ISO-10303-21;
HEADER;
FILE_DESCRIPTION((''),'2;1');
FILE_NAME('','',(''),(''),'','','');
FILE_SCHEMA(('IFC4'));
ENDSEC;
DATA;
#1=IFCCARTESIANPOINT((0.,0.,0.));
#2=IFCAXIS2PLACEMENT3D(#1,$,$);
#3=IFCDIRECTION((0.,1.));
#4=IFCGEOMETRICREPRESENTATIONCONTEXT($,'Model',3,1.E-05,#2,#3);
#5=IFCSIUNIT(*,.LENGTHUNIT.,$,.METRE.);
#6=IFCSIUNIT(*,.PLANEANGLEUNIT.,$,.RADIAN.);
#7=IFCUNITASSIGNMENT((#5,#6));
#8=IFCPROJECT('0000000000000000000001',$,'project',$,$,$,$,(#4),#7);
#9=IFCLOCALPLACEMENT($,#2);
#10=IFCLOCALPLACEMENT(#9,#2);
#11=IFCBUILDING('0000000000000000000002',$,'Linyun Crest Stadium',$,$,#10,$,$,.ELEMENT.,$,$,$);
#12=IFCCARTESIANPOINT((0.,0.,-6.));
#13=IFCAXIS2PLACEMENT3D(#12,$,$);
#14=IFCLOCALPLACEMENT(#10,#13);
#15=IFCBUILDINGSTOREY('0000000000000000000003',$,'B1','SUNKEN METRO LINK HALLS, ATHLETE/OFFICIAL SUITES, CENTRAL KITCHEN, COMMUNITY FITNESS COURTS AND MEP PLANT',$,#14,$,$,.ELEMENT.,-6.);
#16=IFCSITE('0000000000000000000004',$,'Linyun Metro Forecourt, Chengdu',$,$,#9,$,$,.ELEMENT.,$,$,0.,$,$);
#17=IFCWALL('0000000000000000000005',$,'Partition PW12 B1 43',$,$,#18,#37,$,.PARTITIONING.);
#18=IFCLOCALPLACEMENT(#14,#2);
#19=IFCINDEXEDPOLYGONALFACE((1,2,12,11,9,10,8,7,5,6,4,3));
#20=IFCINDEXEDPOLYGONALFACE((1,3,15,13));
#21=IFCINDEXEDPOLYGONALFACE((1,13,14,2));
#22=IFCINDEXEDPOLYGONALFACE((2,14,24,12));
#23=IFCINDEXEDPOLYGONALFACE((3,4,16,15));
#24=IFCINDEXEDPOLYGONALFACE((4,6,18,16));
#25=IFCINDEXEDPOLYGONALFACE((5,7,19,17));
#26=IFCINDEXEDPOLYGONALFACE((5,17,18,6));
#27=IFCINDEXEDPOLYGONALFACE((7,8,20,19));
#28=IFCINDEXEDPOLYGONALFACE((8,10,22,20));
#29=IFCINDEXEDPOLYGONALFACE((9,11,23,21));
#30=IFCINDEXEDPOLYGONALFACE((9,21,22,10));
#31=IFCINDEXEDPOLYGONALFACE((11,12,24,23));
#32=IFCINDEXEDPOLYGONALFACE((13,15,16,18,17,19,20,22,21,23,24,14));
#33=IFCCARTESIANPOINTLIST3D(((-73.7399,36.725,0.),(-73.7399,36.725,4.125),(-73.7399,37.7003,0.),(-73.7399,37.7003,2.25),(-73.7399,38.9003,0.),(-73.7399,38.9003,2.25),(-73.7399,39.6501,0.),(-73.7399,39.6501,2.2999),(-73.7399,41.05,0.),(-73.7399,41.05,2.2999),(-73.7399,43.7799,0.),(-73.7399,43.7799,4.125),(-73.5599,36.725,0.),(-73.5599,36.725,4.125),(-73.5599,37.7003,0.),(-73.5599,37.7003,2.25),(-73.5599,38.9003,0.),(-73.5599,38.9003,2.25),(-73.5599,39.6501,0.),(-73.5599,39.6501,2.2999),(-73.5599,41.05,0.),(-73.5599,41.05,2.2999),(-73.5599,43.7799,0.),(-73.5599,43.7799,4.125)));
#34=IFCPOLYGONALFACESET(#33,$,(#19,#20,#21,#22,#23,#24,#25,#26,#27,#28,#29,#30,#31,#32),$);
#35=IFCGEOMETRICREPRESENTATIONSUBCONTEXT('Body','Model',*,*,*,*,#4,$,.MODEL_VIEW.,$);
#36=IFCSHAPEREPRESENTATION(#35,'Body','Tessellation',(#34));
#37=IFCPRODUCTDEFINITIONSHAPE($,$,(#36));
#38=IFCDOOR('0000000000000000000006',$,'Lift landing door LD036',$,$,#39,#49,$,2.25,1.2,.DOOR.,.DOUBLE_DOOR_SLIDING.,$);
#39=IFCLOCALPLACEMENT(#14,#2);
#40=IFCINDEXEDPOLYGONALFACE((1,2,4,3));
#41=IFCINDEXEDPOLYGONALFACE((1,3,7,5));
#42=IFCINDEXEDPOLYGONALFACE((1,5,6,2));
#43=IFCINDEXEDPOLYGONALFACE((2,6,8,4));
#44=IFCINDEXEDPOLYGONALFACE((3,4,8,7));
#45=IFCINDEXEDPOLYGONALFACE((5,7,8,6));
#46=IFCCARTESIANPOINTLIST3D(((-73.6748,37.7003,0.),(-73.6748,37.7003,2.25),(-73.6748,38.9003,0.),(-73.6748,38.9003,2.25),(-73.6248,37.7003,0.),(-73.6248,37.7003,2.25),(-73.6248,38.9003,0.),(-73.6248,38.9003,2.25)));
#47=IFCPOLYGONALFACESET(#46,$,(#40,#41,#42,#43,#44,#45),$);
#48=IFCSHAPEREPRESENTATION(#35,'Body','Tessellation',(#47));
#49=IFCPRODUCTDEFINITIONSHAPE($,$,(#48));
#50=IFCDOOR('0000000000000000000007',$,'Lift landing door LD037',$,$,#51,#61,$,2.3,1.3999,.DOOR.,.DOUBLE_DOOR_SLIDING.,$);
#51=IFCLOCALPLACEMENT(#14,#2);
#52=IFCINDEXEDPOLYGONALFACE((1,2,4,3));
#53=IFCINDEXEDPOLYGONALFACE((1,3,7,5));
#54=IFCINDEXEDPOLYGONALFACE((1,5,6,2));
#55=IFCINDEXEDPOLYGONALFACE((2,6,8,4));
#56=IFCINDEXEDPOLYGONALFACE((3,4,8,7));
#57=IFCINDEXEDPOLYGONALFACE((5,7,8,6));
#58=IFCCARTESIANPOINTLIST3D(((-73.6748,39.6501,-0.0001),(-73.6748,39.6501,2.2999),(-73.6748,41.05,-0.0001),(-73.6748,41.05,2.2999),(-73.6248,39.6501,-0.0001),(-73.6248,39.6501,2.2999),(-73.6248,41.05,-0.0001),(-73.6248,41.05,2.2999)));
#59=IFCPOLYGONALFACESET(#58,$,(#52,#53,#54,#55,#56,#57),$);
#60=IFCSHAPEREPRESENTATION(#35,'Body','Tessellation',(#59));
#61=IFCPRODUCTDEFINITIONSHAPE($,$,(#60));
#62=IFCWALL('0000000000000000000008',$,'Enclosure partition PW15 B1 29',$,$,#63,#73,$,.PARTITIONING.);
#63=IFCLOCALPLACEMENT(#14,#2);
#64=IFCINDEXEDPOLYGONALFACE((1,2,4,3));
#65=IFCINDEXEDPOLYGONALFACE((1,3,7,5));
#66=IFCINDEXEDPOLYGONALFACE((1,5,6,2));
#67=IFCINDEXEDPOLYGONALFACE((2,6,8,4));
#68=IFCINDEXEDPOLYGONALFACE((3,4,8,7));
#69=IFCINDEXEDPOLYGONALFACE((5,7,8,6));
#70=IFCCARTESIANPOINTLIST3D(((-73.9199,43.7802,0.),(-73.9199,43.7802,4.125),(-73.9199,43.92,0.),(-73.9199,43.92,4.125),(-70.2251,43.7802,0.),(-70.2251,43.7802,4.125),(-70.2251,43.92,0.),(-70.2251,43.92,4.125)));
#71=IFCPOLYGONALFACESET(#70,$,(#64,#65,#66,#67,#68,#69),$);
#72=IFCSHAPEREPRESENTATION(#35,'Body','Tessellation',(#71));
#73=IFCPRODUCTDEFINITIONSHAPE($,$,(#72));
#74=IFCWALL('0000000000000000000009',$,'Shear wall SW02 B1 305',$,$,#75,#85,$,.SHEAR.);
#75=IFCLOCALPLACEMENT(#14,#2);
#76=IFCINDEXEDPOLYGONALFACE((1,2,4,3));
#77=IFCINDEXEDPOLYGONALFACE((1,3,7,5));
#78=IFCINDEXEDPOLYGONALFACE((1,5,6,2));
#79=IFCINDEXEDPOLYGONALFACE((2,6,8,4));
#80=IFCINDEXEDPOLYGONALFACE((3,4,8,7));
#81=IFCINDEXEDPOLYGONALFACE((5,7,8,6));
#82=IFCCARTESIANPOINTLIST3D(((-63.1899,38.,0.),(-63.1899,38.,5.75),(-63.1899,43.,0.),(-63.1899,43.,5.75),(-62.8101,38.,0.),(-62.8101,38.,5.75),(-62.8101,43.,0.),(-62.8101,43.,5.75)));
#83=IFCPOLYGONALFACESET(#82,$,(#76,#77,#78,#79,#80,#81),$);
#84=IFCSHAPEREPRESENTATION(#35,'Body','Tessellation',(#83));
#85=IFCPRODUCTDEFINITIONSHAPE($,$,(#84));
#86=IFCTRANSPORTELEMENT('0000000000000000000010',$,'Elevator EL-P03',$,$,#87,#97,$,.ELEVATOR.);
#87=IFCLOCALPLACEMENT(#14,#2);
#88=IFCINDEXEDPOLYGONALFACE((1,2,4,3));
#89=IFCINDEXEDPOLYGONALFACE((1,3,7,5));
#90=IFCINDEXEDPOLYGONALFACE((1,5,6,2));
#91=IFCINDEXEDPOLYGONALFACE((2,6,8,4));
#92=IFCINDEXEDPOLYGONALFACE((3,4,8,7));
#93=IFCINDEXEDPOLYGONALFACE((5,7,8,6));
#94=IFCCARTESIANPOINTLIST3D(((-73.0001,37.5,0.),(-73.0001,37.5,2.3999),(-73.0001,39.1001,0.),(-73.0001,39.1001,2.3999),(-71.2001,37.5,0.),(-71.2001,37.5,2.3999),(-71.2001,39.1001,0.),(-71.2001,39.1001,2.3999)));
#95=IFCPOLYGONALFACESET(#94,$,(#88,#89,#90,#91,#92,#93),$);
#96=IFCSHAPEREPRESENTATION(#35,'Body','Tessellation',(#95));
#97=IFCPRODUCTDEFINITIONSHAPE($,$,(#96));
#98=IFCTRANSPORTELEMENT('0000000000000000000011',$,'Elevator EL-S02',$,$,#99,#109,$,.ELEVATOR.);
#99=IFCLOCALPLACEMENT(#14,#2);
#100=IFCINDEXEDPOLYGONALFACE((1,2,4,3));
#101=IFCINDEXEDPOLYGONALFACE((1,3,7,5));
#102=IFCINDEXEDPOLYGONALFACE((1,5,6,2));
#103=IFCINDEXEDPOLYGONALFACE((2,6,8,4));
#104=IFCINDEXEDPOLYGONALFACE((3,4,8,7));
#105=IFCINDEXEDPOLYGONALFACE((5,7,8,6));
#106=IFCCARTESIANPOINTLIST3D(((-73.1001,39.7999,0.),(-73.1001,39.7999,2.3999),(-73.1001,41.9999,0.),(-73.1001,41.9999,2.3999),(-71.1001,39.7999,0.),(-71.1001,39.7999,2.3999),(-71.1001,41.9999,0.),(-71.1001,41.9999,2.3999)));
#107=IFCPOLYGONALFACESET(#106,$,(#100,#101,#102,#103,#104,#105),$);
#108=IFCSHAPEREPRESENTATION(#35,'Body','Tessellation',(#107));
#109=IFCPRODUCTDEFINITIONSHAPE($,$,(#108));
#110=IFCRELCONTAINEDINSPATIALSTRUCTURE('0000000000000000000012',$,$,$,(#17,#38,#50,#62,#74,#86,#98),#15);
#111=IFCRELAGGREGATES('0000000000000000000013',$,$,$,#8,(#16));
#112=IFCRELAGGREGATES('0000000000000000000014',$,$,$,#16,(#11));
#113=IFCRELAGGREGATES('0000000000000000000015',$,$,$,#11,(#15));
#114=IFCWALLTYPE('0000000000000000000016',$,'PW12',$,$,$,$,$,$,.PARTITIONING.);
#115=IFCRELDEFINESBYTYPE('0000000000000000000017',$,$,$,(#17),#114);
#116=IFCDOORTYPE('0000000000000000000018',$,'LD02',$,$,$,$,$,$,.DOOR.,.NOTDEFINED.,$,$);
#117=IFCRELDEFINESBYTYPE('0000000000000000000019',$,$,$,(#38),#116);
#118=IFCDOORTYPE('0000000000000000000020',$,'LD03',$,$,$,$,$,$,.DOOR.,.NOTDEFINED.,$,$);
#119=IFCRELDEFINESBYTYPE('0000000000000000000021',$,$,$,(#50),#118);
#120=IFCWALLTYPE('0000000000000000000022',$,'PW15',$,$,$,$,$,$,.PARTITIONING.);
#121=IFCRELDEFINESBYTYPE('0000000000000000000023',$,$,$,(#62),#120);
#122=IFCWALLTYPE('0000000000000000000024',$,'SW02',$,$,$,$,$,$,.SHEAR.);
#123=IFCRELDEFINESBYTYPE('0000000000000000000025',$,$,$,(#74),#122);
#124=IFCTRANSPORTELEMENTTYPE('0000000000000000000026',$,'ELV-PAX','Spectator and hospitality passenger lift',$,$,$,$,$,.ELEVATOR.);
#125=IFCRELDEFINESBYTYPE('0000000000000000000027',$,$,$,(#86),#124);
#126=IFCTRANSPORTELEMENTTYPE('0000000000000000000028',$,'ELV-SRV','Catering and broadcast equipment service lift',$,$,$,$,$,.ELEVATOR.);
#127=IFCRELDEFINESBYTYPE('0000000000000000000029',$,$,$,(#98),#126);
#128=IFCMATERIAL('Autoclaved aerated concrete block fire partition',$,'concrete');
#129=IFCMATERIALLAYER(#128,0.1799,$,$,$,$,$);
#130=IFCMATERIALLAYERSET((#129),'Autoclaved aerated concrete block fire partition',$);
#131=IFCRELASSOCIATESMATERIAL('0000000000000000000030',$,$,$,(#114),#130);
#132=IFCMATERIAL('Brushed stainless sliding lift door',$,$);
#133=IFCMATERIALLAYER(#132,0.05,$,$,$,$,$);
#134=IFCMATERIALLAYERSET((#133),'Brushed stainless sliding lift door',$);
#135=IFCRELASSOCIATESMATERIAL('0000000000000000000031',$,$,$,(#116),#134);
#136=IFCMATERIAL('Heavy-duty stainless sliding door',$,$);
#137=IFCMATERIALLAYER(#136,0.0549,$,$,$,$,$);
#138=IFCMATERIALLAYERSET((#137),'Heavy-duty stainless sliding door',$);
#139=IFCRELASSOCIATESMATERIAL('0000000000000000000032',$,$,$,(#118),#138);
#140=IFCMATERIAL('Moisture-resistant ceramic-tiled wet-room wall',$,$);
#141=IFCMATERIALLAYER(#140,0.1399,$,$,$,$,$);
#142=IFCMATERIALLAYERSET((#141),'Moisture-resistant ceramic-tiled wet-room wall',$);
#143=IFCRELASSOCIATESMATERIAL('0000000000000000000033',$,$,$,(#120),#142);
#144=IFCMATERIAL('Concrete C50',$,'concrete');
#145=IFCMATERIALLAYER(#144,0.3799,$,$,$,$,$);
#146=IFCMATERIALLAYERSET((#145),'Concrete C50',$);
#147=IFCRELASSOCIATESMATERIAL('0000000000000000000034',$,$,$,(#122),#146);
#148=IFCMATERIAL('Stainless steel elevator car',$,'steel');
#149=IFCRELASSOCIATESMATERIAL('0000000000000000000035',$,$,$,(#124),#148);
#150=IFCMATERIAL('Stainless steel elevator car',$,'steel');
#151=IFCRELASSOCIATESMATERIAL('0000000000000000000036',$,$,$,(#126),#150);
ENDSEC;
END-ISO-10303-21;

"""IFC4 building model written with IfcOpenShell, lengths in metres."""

from ifc_helpers import new_model, si_unit, direction, frame, frame_2d, origin, origin_2d, place, context, subcontext, project, spatial, rectangle, extrude, material, layer, layer_set, type_object, element, fill, save


model = new_model("IFC4")

# Units and contexts
model_context = context("Model", 3, precision=1e-05, world=origin(), true_north=direction((0.0, 1.0)))
body_context = subcontext(model_context, "Body", "Model", "MODEL_VIEW")
ifc_project = project(units=[si_unit("LENGTHUNIT", "METRE"), si_unit("PLANEANGLEUNIT", "RADIAN")], contexts=[model_context])

# Site, building, storey
site_placement = place(None, origin())
site = spatial("IfcSite", under=ifc_project, at=site_placement, Name="Linyun Metro Forecourt, Chengdu", CompositionType="ELEMENT", RefElevation=0.0)
building_placement = place(site_placement, origin())
building = spatial("IfcBuilding", under=site, at=building_placement, Name="Linyun Crest Stadium", CompositionType="ELEMENT")
storey_placement = place(building_placement, frame((0.0, 0.0, -6.0)))
storey = spatial("IfcBuildingStorey", under=building, at=storey_placement, Name="B1", Description="SUNKEN METRO LINK HALLS, ATHLETE/OFFICIAL SUITES, CENTRAL KITCHEN, COMMUNITY FITNESS COURTS AND MEP PLANT", CompositionType="ELEMENT", Elevation=-6.0)

# Wall, openings, doors
ifc_material_1 = material(Name="Autoclaved aerated concrete block fire partition", Category="concrete")
ifc_layer_1 = layer(ifc_material_1, 0.1799)
ifc_layer_set_1 = layer_set([ifc_layer_1], Name="Autoclaved aerated concrete block fire partition")
wall_type_1 = type_object("IfcWallType", Name="PW12", PredefinedType="PARTITIONING", material=ifc_layer_set_1)
wall_1_placement = place(storey_placement, frame((-73.6499, 36.7251, 0.0), z_axis=(0.0, 0.0, 1.0), x_axis=(0.0, 1.0, 0.0)))
wall_1 = element("IfcWall", 1, at=wall_1_placement, inside=storey, type_object=wall_type_1, Name="Partition PW12 B1 43", PredefinedType="PARTITIONING", context=body_context, shape_type="SweptSolid", body=[
    extrude(rectangle(XDim=7.0549, YDim=0.1799, at=frame_2d((3.5273, 0.0))), origin(), (0.0, 0.0, 1.0), 4.125),
])
opening_1_placement = place(wall_1_placement, frame((0.9751, 0.0, 0.0)))
opening_1 = element("IfcOpeningElement", 2, at=opening_1_placement, cuts=wall_1, PredefinedType="OPENING", context=body_context, shape_type="SweptSolid", body=[
    extrude(rectangle(XDim=1.2, YDim=2.25, at=frame_2d((0.6001, 1.125))), frame((0.0, 0.0999, 0.0), z_axis=(0.0, -1.0, 0.0), x_axis=(1.0, 0.0, 0.0)), (0.0, 0.0, 1.0), 0.2),
])
opening_2_placement = place(wall_1_placement, frame((2.925, 0.0, 0.0)))
opening_2 = element("IfcOpeningElement", 3, at=opening_2_placement, cuts=wall_1, PredefinedType="OPENING", context=body_context, shape_type="SweptSolid", body=[
    extrude(rectangle(XDim=1.3999, YDim=2.3, at=frame_2d((0.7, 1.1499))), frame((0.0, 0.0999, 0.0), z_axis=(0.0, -1.0, 0.0), x_axis=(1.0, 0.0, 0.0)), (0.0, 0.0, 1.0), 0.2),
])
ifc_material_2 = material(Name="Brushed stainless sliding lift door")
ifc_layer_2 = layer(ifc_material_2, 0.05)
ifc_layer_set_2 = layer_set([ifc_layer_2], Name="Brushed stainless sliding lift door")
door_type_1 = type_object("IfcDoorType", Name="LD02", OperationType="NOTDEFINED", PredefinedType="DOOR", material=ifc_layer_set_2)
door_1_placement = place(opening_1_placement, origin())
door_1 = element("IfcDoor", 4, at=door_1_placement, inside=storey, type_object=door_type_1, Name="Lift landing door LD036", OperationType="DOUBLE_DOOR_SLIDING", OverallHeight=2.25, OverallWidth=1.2, PredefinedType="DOOR", context=body_context, shape_type="SweptSolid", body=[
    extrude(rectangle(XDim=1.2, YDim=2.25, at=frame_2d((0.6001, 1.125))), frame((0.0, 0.0249, 0.0), z_axis=(0.0, -1.0, 0.0), x_axis=(1.0, 0.0, 0.0)), (0.0, 0.0, 1.0), 0.05),
])
fill(opening_1, door_1)
ifc_material_3 = material(Name="Heavy-duty stainless sliding door")
ifc_layer_3 = layer(ifc_material_3, 0.0549)
ifc_layer_set_3 = layer_set([ifc_layer_3], Name="Heavy-duty stainless sliding door")
door_type_2 = type_object("IfcDoorType", Name="LD03", OperationType="NOTDEFINED", PredefinedType="DOOR", material=ifc_layer_set_3)
door_2_placement = place(opening_2_placement, origin())
door_2 = element("IfcDoor", 5, at=door_2_placement, inside=storey, type_object=door_type_2, Name="Lift landing door LD037", OperationType="DOUBLE_DOOR_SLIDING", OverallHeight=2.3, OverallWidth=1.3999, PredefinedType="DOOR", context=body_context, shape_type="SweptSolid", body=[
    extrude(rectangle(XDim=1.3999, YDim=2.3, at=frame_2d((0.7, 1.1499))), frame((0.0, 0.0249, 0.0), z_axis=(0.0, -1.0, 0.0), x_axis=(1.0, 0.0, 0.0)), (0.0, 0.0, 1.0), 0.05),
])
fill(opening_2, door_2)
ifc_material_4 = material(Name="Moisture-resistant ceramic-tiled wet-room wall")
ifc_layer_4 = layer(ifc_material_4, 0.1399)
ifc_layer_set_4 = layer_set([ifc_layer_4], Name="Moisture-resistant ceramic-tiled wet-room wall")
wall_type_2 = type_object("IfcWallType", Name="PW15", PredefinedType="PARTITIONING", material=ifc_layer_set_4)

# Walls
wall_2_placement = place(storey_placement, frame((-73.9199, 43.8501, 0.0), z_axis=(0.0, 0.0, 1.0), x_axis=(1.0, 0.0, 0.0)))
element("IfcWall", 6, at=wall_2_placement, inside=storey, type_object=wall_type_2, Name="Enclosure partition PW15 B1 29", PredefinedType="PARTITIONING", context=body_context, shape_type="SweptSolid", body=[
    extrude(rectangle(XDim=3.6948, YDim=0.1399, at=frame_2d((1.8474, 0.0))), origin(), (0.0, 0.0, 1.0), 4.125),
])
ifc_material_5 = material(Name="Concrete C50", Category="concrete")
ifc_layer_5 = layer(ifc_material_5, 0.3799)
ifc_layer_set_5 = layer_set([ifc_layer_5], Name="Concrete C50")
wall_type_3 = type_object("IfcWallType", Name="SW02", PredefinedType="SHEAR", material=ifc_layer_set_5)
wall_3_placement = place(storey_placement, frame((-63.0, 38.0, 0.0), z_axis=(0.0, 0.0, 1.0), x_axis=(0.0, 1.0, 0.0)))
element("IfcWall", 7, at=wall_3_placement, inside=storey, type_object=wall_type_3, Name="Shear wall SW02 B1 305", PredefinedType="SHEAR", context=body_context, shape_type="SweptSolid", body=[
    extrude(rectangle(XDim=5.0, YDim=0.3799, at=frame_2d((2.5, 0.0))), origin(), (0.0, 0.0, 1.0), 5.75),
])

# Transport elements
ifc_material_6 = material(Name="Stainless steel elevator car", Category="steel")
transport_element_type_1 = type_object("IfcTransportElementType", Name="ELV-PAX", Description="Spectator and hospitality passenger lift", PredefinedType="ELEVATOR", material=ifc_material_6)
transport_element_1_placement = place(storey_placement, frame((-72.1001, 38.3, 0.0), z_axis=(0.0, 0.0, 1.0), x_axis=(1.0, 0.0, 0.0)))
element("IfcTransportElement", 8, at=transport_element_1_placement, inside=storey, type_object=transport_element_type_1, Name="Elevator EL-P03", PredefinedType="ELEVATOR", context=body_context, shape_type="SweptSolid", body=[
    extrude(rectangle(XDim=1.8, YDim=1.6001, at=origin_2d()), origin(), (0.0, 0.0, 1.0), 2.3999),
])
ifc_material_7 = material(Name="Stainless steel elevator car", Category="steel")
transport_element_type_2 = type_object("IfcTransportElementType", Name="ELV-SRV", Description="Catering and broadcast equipment service lift", PredefinedType="ELEVATOR", material=ifc_material_7)
transport_element_2_placement = place(storey_placement, frame((-72.1001, 40.8999, 0.0), z_axis=(0.0, 0.0, 1.0), x_axis=(1.0, 0.0, 0.0)))
element("IfcTransportElement", 9, at=transport_element_2_placement, inside=storey, type_object=transport_element_type_2, Name="Elevator EL-S02", PredefinedType="ELEVATOR", context=body_context, shape_type="SweptSolid", body=[
    extrude(rectangle(XDim=2.0, YDim=2.2, at=origin_2d()), origin(), (0.0, 0.0, 1.0), 2.3999),
])

save(model, "model.ifc")
